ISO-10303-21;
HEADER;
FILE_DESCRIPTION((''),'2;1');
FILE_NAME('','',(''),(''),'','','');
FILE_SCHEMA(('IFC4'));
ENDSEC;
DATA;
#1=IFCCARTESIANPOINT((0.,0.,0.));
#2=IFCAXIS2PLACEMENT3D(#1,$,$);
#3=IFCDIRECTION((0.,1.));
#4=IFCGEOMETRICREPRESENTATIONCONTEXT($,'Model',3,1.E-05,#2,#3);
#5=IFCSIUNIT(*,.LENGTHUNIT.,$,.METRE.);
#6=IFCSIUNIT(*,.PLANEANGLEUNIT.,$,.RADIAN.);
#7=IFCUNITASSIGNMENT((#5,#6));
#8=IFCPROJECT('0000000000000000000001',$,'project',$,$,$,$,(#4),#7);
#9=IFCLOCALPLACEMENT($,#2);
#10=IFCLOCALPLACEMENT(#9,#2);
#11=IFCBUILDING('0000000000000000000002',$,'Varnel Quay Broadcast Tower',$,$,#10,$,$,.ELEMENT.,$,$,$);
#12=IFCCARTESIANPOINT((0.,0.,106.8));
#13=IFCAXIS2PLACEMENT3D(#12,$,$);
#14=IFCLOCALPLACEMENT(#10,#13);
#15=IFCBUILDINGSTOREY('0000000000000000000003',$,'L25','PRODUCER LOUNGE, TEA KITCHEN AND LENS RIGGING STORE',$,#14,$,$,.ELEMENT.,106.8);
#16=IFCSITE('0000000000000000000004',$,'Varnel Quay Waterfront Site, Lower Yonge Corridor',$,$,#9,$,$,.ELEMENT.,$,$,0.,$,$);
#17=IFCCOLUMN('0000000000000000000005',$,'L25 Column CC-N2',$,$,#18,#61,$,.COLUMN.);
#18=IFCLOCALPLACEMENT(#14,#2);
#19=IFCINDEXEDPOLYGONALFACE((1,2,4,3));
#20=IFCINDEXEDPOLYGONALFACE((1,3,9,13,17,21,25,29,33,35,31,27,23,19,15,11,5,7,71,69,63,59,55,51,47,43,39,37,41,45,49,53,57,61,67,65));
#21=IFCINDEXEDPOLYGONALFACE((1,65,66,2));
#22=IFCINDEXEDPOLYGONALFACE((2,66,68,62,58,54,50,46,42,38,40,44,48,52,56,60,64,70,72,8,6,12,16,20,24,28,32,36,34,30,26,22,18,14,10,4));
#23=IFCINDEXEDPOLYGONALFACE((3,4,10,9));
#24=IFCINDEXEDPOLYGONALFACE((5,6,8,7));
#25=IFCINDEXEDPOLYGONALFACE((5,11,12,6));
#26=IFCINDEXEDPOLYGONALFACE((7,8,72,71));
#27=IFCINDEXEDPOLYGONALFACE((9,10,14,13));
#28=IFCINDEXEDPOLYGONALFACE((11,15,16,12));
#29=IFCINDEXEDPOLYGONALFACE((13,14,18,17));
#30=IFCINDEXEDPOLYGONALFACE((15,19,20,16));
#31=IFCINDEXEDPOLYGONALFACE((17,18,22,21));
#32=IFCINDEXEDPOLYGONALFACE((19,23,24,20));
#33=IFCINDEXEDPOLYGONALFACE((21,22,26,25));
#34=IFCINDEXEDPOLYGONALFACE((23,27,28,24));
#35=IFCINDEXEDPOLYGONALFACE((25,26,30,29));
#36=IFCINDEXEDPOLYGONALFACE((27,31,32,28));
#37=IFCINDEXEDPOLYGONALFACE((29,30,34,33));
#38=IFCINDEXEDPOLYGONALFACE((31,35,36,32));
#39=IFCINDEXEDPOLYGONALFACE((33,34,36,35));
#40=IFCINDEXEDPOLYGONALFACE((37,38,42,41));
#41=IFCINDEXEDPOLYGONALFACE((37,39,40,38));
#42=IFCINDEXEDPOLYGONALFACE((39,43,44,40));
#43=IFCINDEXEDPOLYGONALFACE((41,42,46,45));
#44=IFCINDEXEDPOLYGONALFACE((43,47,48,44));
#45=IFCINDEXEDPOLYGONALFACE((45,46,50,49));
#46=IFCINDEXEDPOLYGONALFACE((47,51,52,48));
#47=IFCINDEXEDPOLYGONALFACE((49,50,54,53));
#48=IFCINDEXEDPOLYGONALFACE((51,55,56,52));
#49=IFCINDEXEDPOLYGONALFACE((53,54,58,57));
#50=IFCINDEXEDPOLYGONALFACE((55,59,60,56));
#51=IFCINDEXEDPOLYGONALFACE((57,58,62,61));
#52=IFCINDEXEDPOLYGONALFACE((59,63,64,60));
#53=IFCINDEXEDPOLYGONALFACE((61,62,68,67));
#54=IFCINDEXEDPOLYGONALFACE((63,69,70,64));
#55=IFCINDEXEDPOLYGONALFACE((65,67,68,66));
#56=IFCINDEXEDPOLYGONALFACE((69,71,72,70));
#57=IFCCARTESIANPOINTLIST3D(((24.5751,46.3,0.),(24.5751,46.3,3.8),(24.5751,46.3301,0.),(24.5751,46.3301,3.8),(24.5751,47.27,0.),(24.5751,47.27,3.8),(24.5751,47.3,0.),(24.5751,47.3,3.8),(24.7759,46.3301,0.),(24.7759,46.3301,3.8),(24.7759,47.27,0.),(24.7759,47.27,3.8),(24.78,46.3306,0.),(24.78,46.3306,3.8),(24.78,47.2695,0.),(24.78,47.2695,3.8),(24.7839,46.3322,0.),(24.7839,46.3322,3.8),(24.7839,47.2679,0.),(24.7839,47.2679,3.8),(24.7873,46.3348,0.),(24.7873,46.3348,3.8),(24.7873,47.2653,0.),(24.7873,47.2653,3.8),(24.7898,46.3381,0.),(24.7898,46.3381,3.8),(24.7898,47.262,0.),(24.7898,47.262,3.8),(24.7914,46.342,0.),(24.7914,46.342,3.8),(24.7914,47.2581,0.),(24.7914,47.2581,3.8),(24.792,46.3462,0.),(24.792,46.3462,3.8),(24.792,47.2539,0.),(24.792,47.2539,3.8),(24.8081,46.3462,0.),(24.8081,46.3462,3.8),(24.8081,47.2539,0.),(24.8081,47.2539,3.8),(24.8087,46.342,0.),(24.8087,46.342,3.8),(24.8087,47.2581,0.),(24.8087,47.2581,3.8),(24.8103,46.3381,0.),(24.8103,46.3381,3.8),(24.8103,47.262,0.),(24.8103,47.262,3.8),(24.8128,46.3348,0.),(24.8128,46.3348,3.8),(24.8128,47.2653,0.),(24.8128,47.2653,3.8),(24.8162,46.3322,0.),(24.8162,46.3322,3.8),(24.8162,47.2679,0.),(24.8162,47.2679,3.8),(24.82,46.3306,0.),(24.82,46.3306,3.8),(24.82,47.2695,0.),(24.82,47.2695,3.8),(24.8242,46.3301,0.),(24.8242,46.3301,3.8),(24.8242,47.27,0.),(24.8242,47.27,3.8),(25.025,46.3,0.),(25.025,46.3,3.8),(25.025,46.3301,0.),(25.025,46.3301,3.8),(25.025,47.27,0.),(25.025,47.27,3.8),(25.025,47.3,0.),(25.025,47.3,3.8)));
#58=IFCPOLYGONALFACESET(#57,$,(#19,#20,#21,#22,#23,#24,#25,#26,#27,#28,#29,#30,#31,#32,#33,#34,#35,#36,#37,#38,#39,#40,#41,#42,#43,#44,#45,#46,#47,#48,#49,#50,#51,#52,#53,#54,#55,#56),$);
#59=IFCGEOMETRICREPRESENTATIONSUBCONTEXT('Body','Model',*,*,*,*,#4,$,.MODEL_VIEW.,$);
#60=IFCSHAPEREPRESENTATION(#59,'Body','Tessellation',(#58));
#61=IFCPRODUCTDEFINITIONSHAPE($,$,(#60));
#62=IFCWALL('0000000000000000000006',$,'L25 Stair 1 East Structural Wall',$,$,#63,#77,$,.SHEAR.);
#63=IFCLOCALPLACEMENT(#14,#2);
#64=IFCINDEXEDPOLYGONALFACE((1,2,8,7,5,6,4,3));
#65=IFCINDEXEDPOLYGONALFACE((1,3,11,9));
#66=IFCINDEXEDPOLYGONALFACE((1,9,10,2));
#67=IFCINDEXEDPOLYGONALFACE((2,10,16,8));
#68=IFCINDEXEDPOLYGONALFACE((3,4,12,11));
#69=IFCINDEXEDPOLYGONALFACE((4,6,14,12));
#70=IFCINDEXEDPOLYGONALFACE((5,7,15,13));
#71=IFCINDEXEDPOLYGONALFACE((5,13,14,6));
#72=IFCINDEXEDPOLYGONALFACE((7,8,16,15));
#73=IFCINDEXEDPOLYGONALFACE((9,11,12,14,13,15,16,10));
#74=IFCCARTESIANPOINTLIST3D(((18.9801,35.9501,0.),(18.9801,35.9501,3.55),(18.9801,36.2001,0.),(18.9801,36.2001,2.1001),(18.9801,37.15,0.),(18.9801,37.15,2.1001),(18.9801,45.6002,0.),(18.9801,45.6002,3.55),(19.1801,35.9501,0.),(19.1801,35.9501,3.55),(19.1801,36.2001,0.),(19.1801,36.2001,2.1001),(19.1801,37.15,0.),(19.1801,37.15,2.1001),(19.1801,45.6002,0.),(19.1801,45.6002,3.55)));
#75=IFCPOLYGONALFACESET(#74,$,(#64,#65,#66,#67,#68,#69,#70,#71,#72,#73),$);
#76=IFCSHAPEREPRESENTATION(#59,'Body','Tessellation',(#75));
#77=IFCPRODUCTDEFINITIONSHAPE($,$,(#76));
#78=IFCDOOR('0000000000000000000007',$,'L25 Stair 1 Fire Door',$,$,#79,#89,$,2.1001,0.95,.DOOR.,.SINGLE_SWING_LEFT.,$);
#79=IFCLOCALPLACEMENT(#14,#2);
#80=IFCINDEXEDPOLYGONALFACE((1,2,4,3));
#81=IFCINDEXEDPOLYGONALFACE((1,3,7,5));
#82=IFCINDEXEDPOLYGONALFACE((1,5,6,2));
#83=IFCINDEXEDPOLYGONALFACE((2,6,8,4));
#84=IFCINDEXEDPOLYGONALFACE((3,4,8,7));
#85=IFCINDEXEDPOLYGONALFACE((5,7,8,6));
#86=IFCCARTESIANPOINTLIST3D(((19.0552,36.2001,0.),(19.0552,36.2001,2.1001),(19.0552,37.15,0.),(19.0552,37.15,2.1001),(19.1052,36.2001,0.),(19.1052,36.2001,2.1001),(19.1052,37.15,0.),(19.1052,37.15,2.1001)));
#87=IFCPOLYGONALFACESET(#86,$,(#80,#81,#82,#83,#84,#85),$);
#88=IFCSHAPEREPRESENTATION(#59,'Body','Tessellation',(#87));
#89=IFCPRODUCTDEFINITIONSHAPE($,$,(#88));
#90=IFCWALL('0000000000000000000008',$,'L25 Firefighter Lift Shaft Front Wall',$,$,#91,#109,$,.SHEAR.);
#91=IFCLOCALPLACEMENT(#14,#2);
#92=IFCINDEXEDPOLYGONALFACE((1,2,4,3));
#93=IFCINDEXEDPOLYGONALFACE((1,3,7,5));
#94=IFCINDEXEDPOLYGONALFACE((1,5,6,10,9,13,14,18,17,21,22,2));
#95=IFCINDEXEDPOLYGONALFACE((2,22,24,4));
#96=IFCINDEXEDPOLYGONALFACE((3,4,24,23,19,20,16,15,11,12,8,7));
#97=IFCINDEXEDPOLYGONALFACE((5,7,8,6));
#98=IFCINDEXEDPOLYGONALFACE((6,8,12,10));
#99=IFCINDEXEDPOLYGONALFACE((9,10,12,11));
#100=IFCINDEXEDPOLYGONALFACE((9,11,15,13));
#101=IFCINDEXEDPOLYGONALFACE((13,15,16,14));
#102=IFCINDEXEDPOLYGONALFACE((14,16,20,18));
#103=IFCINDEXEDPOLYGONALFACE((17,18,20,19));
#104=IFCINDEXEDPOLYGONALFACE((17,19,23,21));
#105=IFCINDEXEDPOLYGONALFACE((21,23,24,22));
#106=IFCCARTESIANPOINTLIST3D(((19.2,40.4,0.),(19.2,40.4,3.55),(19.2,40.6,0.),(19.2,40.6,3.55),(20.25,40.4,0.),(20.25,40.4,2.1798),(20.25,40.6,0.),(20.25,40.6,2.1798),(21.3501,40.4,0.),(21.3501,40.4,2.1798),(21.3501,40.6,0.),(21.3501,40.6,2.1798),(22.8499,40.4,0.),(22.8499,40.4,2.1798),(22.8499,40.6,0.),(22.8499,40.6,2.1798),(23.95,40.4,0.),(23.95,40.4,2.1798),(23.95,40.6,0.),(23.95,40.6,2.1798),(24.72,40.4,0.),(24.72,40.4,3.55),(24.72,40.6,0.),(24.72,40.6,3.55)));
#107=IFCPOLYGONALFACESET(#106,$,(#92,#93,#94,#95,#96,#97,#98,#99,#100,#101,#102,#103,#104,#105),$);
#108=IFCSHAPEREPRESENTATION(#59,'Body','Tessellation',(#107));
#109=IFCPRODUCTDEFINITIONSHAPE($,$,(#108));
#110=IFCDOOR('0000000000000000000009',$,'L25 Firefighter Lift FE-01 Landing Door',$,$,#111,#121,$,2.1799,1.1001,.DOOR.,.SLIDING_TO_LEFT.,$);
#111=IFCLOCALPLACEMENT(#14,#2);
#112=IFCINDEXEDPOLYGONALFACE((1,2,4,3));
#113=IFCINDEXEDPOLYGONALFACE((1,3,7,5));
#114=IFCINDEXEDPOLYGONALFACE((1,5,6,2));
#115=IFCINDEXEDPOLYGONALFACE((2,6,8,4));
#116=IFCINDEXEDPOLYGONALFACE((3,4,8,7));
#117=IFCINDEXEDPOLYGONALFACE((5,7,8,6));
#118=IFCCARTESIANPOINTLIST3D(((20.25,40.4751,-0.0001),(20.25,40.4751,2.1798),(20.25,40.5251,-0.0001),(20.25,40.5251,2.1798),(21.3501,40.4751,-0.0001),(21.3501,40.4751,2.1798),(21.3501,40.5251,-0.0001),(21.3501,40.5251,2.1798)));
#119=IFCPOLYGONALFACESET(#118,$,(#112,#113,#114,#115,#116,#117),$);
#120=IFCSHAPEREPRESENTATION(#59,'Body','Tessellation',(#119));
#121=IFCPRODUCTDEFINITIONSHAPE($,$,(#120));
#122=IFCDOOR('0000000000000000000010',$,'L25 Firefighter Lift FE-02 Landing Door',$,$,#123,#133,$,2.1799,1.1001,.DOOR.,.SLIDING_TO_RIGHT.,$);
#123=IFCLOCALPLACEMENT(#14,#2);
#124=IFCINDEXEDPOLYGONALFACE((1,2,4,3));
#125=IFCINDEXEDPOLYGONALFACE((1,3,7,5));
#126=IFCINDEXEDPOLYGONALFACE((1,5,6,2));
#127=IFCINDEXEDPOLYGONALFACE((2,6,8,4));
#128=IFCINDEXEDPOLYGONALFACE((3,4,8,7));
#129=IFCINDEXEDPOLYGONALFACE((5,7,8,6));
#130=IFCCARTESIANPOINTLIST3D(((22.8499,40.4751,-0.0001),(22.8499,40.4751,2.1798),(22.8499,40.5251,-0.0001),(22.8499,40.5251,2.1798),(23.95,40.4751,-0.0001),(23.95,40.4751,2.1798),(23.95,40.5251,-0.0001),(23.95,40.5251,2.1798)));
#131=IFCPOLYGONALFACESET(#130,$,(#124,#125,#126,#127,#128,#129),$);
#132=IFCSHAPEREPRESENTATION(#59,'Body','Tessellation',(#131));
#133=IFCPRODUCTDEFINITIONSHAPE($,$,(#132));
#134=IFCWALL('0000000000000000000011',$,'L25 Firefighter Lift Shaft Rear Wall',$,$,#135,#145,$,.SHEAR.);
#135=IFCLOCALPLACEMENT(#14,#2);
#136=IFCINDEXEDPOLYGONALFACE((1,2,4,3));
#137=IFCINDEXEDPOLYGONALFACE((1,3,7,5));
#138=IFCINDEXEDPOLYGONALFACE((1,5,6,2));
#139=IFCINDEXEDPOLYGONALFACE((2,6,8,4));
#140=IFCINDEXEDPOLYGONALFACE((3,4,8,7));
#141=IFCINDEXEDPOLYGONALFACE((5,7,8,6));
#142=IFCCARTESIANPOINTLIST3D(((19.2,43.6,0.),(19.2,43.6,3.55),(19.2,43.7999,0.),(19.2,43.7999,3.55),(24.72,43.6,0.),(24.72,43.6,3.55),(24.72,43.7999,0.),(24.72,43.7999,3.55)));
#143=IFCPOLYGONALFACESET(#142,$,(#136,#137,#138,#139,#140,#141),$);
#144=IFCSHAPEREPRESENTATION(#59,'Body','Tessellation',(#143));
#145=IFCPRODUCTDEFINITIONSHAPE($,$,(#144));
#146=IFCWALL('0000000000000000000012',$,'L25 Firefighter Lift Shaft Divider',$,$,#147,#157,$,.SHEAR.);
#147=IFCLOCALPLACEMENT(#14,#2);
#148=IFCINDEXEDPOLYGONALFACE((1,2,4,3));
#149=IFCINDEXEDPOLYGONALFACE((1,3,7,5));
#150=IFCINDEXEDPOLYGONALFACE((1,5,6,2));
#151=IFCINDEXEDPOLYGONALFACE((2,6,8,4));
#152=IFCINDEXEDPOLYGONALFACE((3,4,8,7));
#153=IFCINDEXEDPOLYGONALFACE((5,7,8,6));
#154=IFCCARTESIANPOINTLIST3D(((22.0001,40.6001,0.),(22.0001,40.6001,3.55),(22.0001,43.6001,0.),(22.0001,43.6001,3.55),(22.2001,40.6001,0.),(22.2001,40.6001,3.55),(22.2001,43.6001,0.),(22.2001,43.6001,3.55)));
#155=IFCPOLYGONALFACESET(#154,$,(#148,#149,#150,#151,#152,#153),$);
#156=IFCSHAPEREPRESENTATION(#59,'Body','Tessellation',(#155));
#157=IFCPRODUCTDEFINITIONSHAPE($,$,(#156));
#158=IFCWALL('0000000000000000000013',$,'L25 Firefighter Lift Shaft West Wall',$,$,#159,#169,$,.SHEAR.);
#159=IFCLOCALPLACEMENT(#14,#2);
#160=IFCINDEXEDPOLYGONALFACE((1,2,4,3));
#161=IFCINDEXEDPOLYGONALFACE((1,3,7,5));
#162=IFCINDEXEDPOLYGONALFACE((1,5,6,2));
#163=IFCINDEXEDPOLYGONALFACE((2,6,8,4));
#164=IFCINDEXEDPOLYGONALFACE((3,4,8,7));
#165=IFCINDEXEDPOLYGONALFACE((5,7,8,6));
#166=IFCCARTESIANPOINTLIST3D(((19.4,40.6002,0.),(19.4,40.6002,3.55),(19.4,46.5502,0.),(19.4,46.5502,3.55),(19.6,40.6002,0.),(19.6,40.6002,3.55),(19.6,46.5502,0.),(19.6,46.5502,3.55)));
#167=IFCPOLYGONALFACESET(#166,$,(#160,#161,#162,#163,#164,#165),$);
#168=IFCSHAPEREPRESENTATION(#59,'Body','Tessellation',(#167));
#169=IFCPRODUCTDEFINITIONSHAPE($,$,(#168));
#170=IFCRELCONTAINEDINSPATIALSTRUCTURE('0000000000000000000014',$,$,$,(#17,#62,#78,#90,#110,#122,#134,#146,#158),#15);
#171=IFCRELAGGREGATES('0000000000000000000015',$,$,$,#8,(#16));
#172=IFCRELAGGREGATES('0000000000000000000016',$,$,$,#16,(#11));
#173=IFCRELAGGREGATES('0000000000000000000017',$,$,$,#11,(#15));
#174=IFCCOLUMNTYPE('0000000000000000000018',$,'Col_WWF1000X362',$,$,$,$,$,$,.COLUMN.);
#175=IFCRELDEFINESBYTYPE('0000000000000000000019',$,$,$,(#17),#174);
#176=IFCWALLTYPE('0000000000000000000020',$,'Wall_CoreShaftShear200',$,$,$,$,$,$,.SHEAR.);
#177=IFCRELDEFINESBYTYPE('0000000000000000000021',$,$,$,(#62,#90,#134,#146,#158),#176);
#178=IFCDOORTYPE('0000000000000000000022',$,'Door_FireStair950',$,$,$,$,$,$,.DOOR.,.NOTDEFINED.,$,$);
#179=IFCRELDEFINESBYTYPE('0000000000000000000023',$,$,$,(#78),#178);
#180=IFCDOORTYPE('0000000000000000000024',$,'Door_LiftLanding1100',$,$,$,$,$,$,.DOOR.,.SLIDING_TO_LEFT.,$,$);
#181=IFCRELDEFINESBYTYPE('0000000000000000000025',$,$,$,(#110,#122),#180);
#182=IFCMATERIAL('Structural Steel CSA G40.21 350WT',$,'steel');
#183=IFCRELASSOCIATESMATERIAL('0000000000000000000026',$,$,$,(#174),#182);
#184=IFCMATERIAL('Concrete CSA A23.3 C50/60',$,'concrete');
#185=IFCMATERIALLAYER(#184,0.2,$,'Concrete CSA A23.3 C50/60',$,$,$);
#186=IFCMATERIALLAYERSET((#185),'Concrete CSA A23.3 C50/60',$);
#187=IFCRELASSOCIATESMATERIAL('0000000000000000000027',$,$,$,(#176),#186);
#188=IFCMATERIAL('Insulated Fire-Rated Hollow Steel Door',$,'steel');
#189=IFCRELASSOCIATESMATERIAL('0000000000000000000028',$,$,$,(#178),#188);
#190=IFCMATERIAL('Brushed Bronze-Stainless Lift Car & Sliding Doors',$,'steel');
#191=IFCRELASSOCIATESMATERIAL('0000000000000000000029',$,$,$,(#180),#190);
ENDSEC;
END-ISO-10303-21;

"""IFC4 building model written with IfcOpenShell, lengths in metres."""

from ifc_helpers import new_model, si_unit, direction, frame, frame_2d, origin, origin_2d, place, context, subcontext, project, spatial, rectangle, i_section, extrude, source, transform, mapped, material, layer, layer_set, material_profile, profile_set, type_object, type_shapes, element, fill, save


model = new_model("IFC4")

# Units and contexts
model_context = context("Model", 3, precision=1e-05, world=origin(), true_north=direction((0.0, 1.0)))
body_context = subcontext(model_context, "Body", "Model", "MODEL_VIEW")
ifc_project = project(units=[si_unit("LENGTHUNIT", "METRE"), si_unit("PLANEANGLEUNIT", "RADIAN")], contexts=[model_context])

# Site, building, storey
site_placement = place(None, origin())
site = spatial("IfcSite", under=ifc_project, at=site_placement, Name="Varnel Quay Waterfront Site, Lower Yonge Corridor", CompositionType="ELEMENT", RefElevation=0.0)
building_placement = place(site_placement, origin())
building = spatial("IfcBuilding", under=site, at=building_placement, Name="Varnel Quay Broadcast Tower", CompositionType="ELEMENT")
storey_placement = place(building_placement, frame((0.0, 0.0, 106.8)))
storey = spatial("IfcBuildingStorey", under=building, at=storey_placement, Name="L25", Description="PRODUCER LOUNGE, TEA KITCHEN AND LENS RIGGING STORE", CompositionType="ELEMENT", Elevation=106.8)

# Column
ifc_material_1 = material(Name="Structural Steel CSA G40.21 350WT", Category="steel")
ifc_material_profile = material_profile(ifc_material_1, i_section(OverallWidth=0.45, OverallDepth=1.0, WebThickness=0.0161, FlangeThickness=0.03, FilletRadius=0.0161, at=origin_2d()), Name="WWF1000X362")
ifc_profile_set = profile_set([ifc_material_profile], Name="Structural Steel CSA G40.21 350WT")
column_type = type_object("IfcColumnType", Name="Col_WWF1000X362", PredefinedType="COLUMN", material=ifc_profile_set)
shared_shape_1 = source(origin(), body_context, "Body", "SweptSolid", [
    extrude(i_section(OverallWidth=0.45, OverallDepth=1.0, WebThickness=0.0161, FlangeThickness=0.03, FilletRadius=0.0161, at=origin_2d()), origin(), (0.0, 0.0, 1.0), 3.8),
])
type_shapes(column_type, [shared_shape_1])
column_placement = place(storey_placement, frame((24.8, 46.8, 0.0), z_axis=(0.0, 0.0, 1.0), x_axis=(1.0, 0.0, 0.0)))
element("IfcColumn", 1, at=column_placement, inside=storey, type_object=column_type, Name="L25 Column CC-N2", PredefinedType="COLUMN", context=body_context, shape_type="MappedRepresentation", body=[
    mapped(shared_shape_1, transform((0.0, 0.0, 0.0), x_axis=(1.0, 0.0, 0.0), y_axis=(0.0, 1.0, 0.0), z_axis=(0.0, 0.0, 1.0), scale=1.0)),
])

# Wall, opening, door
ifc_material_2 = material(Name="Concrete CSA A23.3 C50/60", Category="concrete")
ifc_layer_1 = layer(ifc_material_2, 0.2, Name="Concrete CSA A23.3 C50/60")
ifc_layer_set_1 = layer_set([ifc_layer_1], Name="Concrete CSA A23.3 C50/60")
wall_type_1 = type_object("IfcWallType", Name="Wall_CoreShaftShear200", PredefinedType="SHEAR", material=ifc_layer_set_1)
wall_1_placement = place(storey_placement, frame((19.0801, 35.95, 0.0), z_axis=(0.0, 0.0, 1.0), x_axis=(0.0, 1.0, 0.0)))
wall_1 = element("IfcWall", 2, at=wall_1_placement, inside=storey, type_object=wall_type_1, Name="L25 Stair 1 East Structural Wall", PredefinedType="SHEAR", context=body_context, shape_type="SweptSolid", body=[
    extrude(rectangle(XDim=9.6501, YDim=0.2, at=frame_2d((4.8252, 0.0))), origin(), (0.0, 0.0, 1.0), 3.55),
])
opening_1_placement = place(wall_1_placement, frame((0.25, 0.0, 0.0)))
opening_1 = element("IfcOpeningElement", 3, at=opening_1_placement, cuts=wall_1, PredefinedType="OPENING", context=body_context, shape_type="SweptSolid", body=[
    extrude(rectangle(XDim=0.95, YDim=2.1001, at=frame_2d((0.4751, 1.05))), frame((0.0, 0.1099, 0.0), z_axis=(0.0, -1.0, 0.0), x_axis=(1.0, 0.0, 0.0)), (0.0, 0.0, 1.0), 0.22),
])
ifc_material_3 = material(Name="Insulated Fire-Rated Hollow Steel Door", Category="steel")
door_type_1 = type_object("IfcDoorType", Name="Door_FireStair950", OperationType="NOTDEFINED", PredefinedType="DOOR", material=ifc_material_3)
shared_shape_2 = source(origin(), body_context, "Body", "SweptSolid", [
    extrude(rectangle(XDim=0.95, YDim=2.1001, at=frame_2d((0.4751, 1.05))), frame((0.0, 0.0249, 0.0), z_axis=(0.0, -1.0, 0.0), x_axis=(1.0, 0.0, 0.0)), (0.0, 0.0, 1.0), 0.05),
])
type_shapes(door_type_1, [shared_shape_2])
door_1_placement = place(opening_1_placement, origin())
door_1 = element("IfcDoor", 4, at=door_1_placement, inside=storey, type_object=door_type_1, Name="L25 Stair 1 Fire Door", OperationType="SINGLE_SWING_LEFT", OverallHeight=2.1001, OverallWidth=0.95, PredefinedType="DOOR", context=body_context, shape_type="MappedRepresentation", body=[
    mapped(shared_shape_2, transform((0.0, 0.0, 0.0), x_axis=(1.0, 0.0, 0.0), y_axis=(0.0, 1.0, 0.0), z_axis=(0.0, 0.0, 1.0), scale=1.0)),
])
fill(opening_1, door_1)

# Wall, openings, doors
wall_2_placement = place(storey_placement, frame((19.2, 40.5, 0.0), z_axis=(0.0, 0.0, 1.0), x_axis=(1.0, 0.0, 0.0)))
wall_2 = element("IfcWall", 5, at=wall_2_placement, inside=storey, type_object=wall_type_1, Name="L25 Firefighter Lift Shaft Front Wall", PredefinedType="SHEAR", context=body_context, shape_type="SweptSolid", body=[
    extrude(rectangle(XDim=5.52, YDim=0.2, at=frame_2d((2.76, 0.0))), origin(), (0.0, 0.0, 1.0), 3.55),
])
opening_2_placement = place(wall_2_placement, frame((1.05, 0.0, 0.0)))
opening_2 = element("IfcOpeningElement", 6, at=opening_2_placement, cuts=wall_2, PredefinedType="OPENING", context=body_context, shape_type="SweptSolid", body=[
    extrude(rectangle(XDim=1.1001, YDim=2.1799, at=frame_2d((0.55, 1.0898))), frame((0.0, 0.1099, 0.0), z_axis=(0.0, -1.0, 0.0), x_axis=(1.0, 0.0, 0.0)), (0.0, 0.0, 1.0), 0.22),
])
opening_3_placement = place(wall_2_placement, frame((3.6499, 0.0, 0.0)))
opening_3 = element("IfcOpeningElement", 7, at=opening_3_placement, cuts=wall_2, PredefinedType="OPENING", context=body_context, shape_type="SweptSolid", body=[
    extrude(rectangle(XDim=1.1001, YDim=2.1799, at=frame_2d((0.55, 1.0898))), frame((0.0, 0.1099, 0.0), z_axis=(0.0, -1.0, 0.0), x_axis=(1.0, 0.0, 0.0)), (0.0, 0.0, 1.0), 0.22),
])
ifc_material_4 = material(Name="Brushed Bronze-Stainless Lift Car & Sliding Doors", Category="steel")
door_type_2 = type_object("IfcDoorType", Name="Door_LiftLanding1100", OperationType="SLIDING_TO_LEFT", PredefinedType="DOOR", material=ifc_material_4)
shared_shape_3 = source(origin(), body_context, "Body", "SweptSolid", [
    extrude(rectangle(XDim=1.1001, YDim=2.1799, at=frame_2d((0.55, 1.0898))), frame((0.0, 0.0249, 0.0), z_axis=(0.0, -1.0, 0.0), x_axis=(1.0, 0.0, 0.0)), (0.0, 0.0, 1.0), 0.05),
])
type_shapes(door_type_2, [shared_shape_3])
door_2_placement = place(opening_2_placement, frame((1.1001, 0.0, 0.0), z_axis=(0.0, 0.0, 1.0), x_axis=(-1.0, 0.0, 0.0)))
door_2 = element("IfcDoor", 8, at=door_2_placement, inside=storey, type_object=door_type_2, Name="L25 Firefighter Lift FE-01 Landing Door", OperationType="SLIDING_TO_LEFT", OverallHeight=2.1799, OverallWidth=1.1001, PredefinedType="DOOR", context=body_context, shape_type="MappedRepresentation", body=[
    mapped(shared_shape_3, transform((0.0, 0.0, 0.0), x_axis=(1.0, 0.0, 0.0), y_axis=(0.0, 1.0, 0.0), z_axis=(0.0, 0.0, 1.0), scale=1.0)),
])
fill(opening_2, door_2)
door_3_placement = place(opening_3_placement, frame((1.1001, 0.0, 0.0), z_axis=(0.0, 0.0, 1.0), x_axis=(-1.0, 0.0, 0.0)))
door_3 = element("IfcDoor", 9, at=door_3_placement, inside=storey, type_object=door_type_2, Name="L25 Firefighter Lift FE-02 Landing Door", OperationType="SLIDING_TO_RIGHT", OverallHeight=2.1799, OverallWidth=1.1001, PredefinedType="DOOR", context=body_context, shape_type="MappedRepresentation", body=[
    mapped(shared_shape_3, transform((0.0, 0.0, 0.0), x_axis=(1.0, 0.0, 0.0), y_axis=(0.0, 1.0, 0.0), z_axis=(0.0, 0.0, 1.0), scale=1.0)),
])
fill(opening_3, door_3)

# Walls
wall_3_placement = place(storey_placement, frame((19.2, 43.7, 0.0), z_axis=(0.0, 0.0, 1.0), x_axis=(1.0, 0.0, 0.0)))
element("IfcWall", 10, at=wall_3_placement, inside=storey, type_object=wall_type_1, Name="L25 Firefighter Lift Shaft Rear Wall", PredefinedType="SHEAR", context=body_context, shape_type="SweptSolid", body=[
    extrude(rectangle(XDim=5.52, YDim=0.2, at=frame_2d((2.76, 0.0))), origin(), (0.0, 0.0, 1.0), 3.55),
])
wall_4_placement = place(storey_placement, frame((22.1001, 40.6001, 0.0), z_axis=(0.0, 0.0, 1.0), x_axis=(0.0, 1.0, 0.0)))
element("IfcWall", 11, at=wall_4_placement, inside=storey, type_object=wall_type_1, Name="L25 Firefighter Lift Shaft Divider", PredefinedType="SHEAR", context=body_context, shape_type="SweptSolid", body=[
    extrude(rectangle(XDim=3.0, YDim=0.2, at=frame_2d((1.5, 0.0))), origin(), (0.0, 0.0, 1.0), 3.55),
])
wall_5_placement = place(storey_placement, frame((19.5, 40.6001, 0.0), z_axis=(0.0, 0.0, 1.0), x_axis=(0.0, 1.0, 0.0)))
element("IfcWall", 12, at=wall_5_placement, inside=storey, type_object=wall_type_1, Name="L25 Firefighter Lift Shaft West Wall", PredefinedType="SHEAR", context=body_context, shape_type="SweptSolid", body=[
    extrude(rectangle(XDim=5.95, YDim=0.2, at=frame_2d((2.9751, 0.0))), origin(), (0.0, 0.0, 1.0), 3.55),
])

save(model, "model.ifc")
